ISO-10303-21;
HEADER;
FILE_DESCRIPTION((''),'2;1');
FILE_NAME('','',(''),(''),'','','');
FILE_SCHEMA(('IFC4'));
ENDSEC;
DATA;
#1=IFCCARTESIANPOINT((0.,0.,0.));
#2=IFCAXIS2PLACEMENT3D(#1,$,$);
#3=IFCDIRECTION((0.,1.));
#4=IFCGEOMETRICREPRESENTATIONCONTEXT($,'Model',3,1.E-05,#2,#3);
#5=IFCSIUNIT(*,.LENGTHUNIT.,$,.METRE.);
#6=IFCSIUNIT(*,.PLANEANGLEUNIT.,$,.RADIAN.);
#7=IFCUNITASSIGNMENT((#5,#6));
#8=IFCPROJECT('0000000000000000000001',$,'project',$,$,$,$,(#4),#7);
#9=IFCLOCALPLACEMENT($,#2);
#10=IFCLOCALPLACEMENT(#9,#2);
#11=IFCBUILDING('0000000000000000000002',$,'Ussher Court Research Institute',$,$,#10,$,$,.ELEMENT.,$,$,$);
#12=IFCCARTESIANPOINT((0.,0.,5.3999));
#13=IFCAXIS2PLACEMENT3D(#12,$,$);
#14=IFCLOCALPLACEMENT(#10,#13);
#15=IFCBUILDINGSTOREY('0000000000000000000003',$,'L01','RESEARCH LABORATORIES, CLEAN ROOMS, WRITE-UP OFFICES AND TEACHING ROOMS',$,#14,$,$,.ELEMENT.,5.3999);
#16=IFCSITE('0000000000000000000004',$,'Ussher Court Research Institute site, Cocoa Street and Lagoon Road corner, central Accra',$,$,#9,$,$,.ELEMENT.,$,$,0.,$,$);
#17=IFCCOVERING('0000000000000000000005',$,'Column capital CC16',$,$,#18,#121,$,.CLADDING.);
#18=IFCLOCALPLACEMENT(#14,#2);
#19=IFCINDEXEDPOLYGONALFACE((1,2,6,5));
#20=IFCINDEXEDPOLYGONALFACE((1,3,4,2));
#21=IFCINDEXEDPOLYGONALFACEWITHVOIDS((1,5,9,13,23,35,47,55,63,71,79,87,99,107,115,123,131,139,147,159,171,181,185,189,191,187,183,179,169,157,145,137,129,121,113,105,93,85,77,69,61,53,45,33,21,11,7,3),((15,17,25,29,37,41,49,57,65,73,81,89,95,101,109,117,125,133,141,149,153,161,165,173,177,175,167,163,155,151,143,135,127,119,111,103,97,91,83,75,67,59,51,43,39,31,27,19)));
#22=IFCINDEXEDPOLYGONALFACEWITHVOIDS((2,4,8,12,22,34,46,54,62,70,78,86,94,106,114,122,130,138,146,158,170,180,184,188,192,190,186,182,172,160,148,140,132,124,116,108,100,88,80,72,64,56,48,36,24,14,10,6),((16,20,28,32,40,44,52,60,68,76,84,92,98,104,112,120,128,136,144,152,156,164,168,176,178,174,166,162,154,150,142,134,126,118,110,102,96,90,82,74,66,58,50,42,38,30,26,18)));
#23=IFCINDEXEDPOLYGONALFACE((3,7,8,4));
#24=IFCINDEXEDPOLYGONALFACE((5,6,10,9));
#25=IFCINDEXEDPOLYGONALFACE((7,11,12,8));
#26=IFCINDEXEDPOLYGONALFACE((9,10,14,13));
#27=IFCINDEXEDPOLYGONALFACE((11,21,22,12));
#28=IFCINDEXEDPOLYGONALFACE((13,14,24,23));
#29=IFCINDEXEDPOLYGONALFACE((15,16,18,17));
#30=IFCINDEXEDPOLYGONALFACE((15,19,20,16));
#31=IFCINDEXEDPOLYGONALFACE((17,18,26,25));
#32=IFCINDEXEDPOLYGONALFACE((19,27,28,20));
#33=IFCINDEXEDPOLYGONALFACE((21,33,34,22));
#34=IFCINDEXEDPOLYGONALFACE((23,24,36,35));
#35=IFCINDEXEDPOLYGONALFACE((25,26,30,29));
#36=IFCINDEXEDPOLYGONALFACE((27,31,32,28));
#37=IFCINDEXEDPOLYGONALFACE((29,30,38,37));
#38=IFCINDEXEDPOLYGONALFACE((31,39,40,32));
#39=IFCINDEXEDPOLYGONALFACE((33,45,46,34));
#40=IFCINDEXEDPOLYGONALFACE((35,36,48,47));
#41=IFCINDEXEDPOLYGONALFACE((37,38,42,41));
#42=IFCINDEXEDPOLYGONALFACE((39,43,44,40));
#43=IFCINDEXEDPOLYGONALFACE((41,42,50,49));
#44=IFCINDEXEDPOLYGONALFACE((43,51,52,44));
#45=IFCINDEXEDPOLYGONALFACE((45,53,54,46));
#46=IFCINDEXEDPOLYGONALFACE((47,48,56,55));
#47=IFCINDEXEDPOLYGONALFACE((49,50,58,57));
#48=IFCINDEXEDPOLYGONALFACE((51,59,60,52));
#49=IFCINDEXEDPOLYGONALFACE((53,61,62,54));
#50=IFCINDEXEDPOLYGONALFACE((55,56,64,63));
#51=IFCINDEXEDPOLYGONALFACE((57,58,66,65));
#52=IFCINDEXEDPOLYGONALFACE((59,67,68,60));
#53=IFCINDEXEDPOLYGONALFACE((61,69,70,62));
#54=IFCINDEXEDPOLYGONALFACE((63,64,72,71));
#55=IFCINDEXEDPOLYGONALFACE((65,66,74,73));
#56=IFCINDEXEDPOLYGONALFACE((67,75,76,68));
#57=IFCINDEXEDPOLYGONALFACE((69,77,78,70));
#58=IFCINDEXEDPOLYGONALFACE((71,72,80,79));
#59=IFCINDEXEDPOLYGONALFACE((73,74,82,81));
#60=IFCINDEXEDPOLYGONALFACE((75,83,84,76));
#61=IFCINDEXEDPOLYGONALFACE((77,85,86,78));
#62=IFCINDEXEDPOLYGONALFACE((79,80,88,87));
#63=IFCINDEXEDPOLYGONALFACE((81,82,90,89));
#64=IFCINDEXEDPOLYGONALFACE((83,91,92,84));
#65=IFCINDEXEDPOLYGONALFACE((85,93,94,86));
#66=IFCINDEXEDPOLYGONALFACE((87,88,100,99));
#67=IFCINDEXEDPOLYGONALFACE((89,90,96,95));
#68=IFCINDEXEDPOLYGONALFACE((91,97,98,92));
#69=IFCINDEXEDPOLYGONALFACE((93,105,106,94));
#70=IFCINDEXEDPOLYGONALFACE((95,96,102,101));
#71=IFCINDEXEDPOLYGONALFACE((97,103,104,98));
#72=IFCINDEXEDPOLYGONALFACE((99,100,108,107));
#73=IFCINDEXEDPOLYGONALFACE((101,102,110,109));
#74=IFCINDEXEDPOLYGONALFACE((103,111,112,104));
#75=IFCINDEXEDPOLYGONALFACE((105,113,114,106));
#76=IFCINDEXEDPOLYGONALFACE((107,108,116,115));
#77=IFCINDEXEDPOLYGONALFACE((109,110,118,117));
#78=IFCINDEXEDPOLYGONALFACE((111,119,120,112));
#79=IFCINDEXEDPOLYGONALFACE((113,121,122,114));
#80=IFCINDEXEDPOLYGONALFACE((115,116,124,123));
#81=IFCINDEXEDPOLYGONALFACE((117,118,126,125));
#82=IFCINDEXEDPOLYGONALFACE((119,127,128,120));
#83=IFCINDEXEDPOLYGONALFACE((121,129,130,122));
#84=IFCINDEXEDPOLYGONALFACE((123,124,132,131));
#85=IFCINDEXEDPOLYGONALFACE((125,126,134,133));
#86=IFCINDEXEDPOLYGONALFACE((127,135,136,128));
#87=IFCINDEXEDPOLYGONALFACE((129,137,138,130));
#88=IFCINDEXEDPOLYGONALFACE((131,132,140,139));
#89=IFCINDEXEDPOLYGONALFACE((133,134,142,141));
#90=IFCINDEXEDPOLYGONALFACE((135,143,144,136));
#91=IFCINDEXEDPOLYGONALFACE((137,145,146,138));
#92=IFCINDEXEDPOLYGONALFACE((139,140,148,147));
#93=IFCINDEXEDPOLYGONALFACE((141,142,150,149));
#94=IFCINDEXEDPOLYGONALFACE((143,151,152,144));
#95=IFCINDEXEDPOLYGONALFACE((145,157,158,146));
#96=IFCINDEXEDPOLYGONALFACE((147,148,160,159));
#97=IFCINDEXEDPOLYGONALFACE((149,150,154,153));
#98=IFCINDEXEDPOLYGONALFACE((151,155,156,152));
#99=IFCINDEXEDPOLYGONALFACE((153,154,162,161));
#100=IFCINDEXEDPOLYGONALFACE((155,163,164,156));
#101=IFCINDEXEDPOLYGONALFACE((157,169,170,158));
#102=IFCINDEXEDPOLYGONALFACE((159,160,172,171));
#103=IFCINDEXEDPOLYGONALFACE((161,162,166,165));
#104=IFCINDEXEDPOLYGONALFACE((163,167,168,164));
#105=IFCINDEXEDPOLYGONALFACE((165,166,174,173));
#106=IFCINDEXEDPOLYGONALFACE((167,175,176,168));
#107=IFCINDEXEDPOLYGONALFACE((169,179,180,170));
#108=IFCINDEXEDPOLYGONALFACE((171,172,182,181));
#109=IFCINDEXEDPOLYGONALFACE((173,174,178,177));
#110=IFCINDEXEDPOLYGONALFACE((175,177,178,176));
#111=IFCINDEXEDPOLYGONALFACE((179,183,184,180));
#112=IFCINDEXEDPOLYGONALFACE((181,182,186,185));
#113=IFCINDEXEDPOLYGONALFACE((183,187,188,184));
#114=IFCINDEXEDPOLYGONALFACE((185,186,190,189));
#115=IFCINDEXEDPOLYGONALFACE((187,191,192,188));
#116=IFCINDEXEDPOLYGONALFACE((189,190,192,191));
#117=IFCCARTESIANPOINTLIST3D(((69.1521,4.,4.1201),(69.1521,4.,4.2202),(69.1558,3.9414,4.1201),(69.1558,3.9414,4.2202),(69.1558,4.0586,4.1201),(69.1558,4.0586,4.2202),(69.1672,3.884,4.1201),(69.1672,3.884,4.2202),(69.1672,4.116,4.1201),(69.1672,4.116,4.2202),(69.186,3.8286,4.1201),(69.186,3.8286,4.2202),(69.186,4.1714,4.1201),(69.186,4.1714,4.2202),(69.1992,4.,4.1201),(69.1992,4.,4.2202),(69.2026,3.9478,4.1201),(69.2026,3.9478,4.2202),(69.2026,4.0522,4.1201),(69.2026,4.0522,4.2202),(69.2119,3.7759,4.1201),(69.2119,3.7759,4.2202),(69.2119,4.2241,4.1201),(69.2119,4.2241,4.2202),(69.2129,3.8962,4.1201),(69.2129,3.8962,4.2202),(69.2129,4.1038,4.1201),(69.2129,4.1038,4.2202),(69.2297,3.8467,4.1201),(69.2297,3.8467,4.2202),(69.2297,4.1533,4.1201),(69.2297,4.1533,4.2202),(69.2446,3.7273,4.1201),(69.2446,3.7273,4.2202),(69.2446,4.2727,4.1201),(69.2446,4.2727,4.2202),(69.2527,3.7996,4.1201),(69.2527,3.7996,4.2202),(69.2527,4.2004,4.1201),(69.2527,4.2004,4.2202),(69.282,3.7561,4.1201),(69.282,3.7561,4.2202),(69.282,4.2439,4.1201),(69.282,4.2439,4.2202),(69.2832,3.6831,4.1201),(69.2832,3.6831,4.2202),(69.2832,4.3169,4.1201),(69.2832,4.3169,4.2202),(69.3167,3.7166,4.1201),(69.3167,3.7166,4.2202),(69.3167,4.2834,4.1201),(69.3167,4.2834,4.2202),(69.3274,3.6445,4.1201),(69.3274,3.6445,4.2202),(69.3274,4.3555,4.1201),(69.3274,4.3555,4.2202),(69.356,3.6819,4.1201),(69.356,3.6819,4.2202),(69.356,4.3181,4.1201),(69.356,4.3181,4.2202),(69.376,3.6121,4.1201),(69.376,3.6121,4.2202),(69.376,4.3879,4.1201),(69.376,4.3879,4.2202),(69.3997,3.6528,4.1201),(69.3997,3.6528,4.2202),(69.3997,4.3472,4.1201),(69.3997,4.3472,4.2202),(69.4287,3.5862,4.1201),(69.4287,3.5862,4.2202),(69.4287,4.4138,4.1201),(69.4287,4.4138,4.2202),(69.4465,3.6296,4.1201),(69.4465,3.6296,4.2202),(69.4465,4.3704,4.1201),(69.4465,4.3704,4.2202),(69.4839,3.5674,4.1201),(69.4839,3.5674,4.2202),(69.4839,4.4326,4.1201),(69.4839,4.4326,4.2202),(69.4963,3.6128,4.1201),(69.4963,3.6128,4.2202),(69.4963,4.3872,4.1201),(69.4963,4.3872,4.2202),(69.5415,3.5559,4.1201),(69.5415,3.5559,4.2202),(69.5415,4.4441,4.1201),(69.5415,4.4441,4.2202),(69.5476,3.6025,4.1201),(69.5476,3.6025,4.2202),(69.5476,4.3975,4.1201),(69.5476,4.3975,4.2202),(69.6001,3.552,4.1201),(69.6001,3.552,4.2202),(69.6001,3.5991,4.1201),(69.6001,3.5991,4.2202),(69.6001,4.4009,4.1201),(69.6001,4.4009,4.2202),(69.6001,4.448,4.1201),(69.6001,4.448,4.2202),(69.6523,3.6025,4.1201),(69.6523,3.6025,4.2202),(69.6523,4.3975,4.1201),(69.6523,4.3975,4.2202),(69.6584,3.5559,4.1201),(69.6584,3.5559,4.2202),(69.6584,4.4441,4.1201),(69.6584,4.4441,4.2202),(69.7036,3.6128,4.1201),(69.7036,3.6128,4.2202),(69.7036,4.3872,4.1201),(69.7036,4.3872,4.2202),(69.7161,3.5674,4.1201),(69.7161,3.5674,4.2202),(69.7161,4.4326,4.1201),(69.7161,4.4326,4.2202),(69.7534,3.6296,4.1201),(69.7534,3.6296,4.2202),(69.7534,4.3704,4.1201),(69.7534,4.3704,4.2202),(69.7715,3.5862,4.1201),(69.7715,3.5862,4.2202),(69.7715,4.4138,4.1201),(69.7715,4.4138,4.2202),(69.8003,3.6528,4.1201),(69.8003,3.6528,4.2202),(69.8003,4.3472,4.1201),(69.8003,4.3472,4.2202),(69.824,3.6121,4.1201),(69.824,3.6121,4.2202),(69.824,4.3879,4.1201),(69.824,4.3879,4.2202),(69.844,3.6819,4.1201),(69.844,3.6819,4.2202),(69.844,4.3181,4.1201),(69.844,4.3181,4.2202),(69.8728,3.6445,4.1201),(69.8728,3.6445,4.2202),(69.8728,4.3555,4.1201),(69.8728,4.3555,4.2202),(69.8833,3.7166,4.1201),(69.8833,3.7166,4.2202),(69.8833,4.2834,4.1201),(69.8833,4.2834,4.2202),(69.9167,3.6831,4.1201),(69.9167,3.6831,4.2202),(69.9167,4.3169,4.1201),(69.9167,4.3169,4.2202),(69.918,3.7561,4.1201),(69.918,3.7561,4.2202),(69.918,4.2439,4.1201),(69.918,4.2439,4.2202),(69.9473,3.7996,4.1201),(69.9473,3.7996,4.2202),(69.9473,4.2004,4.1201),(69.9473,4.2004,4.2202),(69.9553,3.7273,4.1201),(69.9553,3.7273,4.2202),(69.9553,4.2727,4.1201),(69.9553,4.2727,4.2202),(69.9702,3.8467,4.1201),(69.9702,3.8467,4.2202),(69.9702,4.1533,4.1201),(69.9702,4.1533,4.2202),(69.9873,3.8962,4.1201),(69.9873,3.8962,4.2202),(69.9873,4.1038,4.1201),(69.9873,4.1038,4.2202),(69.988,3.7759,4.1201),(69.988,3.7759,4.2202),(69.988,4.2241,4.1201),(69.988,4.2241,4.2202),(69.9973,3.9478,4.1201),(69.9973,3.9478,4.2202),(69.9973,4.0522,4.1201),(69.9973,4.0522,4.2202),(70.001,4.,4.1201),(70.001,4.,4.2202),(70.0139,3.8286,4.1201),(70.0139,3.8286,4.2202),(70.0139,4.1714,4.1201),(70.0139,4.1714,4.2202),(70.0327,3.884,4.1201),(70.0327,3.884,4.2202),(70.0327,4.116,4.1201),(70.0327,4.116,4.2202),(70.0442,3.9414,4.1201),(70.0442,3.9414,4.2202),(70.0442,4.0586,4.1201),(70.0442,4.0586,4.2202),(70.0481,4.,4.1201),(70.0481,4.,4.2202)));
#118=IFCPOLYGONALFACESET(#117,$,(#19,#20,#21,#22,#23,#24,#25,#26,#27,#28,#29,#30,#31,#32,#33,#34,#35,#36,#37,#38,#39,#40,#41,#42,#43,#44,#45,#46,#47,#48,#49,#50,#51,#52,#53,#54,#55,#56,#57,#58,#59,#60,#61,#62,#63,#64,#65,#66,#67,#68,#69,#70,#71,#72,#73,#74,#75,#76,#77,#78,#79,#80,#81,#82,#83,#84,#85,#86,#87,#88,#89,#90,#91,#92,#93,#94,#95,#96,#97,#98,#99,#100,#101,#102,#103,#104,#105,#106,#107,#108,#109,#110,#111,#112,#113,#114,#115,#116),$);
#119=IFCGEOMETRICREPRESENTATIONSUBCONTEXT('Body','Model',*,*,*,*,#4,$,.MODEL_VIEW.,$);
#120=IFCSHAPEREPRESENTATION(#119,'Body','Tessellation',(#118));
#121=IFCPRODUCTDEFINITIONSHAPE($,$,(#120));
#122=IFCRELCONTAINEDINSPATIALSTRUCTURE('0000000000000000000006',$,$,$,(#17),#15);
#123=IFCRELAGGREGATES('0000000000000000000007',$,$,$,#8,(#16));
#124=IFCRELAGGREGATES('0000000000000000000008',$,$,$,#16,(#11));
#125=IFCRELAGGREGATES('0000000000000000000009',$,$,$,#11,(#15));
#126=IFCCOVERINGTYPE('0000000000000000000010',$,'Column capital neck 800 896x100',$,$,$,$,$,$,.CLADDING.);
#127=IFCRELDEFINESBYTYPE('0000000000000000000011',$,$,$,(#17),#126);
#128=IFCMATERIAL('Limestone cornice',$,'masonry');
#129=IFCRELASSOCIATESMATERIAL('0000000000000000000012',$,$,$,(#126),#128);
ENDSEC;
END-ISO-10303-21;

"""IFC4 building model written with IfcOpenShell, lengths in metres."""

from ifc_helpers import new_model, si_unit, direction, frame, origin, place, context, subcontext, project, spatial, polyline, outline, extrude, material, type_object, element, save


model = new_model("IFC4")

# Units and contexts
model_context = context("Model", 3, precision=1e-05, world=origin(), true_north=direction((0.0, 1.0)))
body_context = subcontext(model_context, "Body", "Model", "MODEL_VIEW")
ifc_project = project(units=[si_unit("LENGTHUNIT", "METRE"), si_unit("PLANEANGLEUNIT", "RADIAN")], contexts=[model_context])

# Site, building, storey
site_placement = place(None, origin())
site = spatial("IfcSite", under=ifc_project, at=site_placement, Name="Ussher Court Research Institute site, Cocoa Street and Lagoon Road corner, central Accra", CompositionType="ELEMENT", RefElevation=0.0)
building_placement = place(site_placement, origin())
building = spatial("IfcBuilding", under=site, at=building_placement, Name="Ussher Court Research Institute", CompositionType="ELEMENT")
storey_placement = place(building_placement, frame((0.0, 0.0, 5.3999)))
storey = spatial("IfcBuildingStorey", under=building, at=storey_placement, Name="L01", Description="RESEARCH LABORATORIES, CLEAN ROOMS, WRITE-UP OFFICES AND TEACHING ROOMS", CompositionType="ELEMENT", Elevation=5.3999)

# Covering
ifc_material_1 = material(Name="Limestone cornice", Category="masonry")
covering_type_1 = type_object("IfcCoveringType", Name="Column capital neck 800 896x100", PredefinedType="CLADDING", material=ifc_material_1)
covering_1_placement = place(storey_placement, frame((0.0, 0.0, 4.1201)))
element("IfcCovering", 1, at=covering_1_placement, inside=storey, type_object=covering_type_1, Name="Column capital CC16", PredefinedType="CLADDING", context=body_context, shape_type="SweptSolid", body=[
    extrude(outline(polyline([(70.0481, 4.0), (70.0442, 4.0586), (70.0327, 4.116), (70.0139, 4.1714), (69.988, 4.2241), (69.9553, 4.2727), (69.9167, 4.3169), (69.8728, 4.3555), (69.824, 4.3879), (69.7715, 4.4138), (69.7161, 4.4326), (69.6584, 4.4441), (69.6001, 4.448), (69.5415, 4.4441), (69.4839, 4.4326), (69.4287, 4.4138), (69.376, 4.3879), (69.3274, 4.3555), (69.2832, 4.3169), (69.2446, 4.2727), (69.2119, 4.2241), (69.186, 4.1714), (69.1672, 4.116), (69.1558, 4.0586), (69.1521, 4.0), (69.1558, 3.9414), (69.1672, 3.884), (69.186, 3.8286), (69.2119, 3.7759), (69.2446, 3.7273), (69.2832, 3.6831), (69.3274, 3.6445), (69.376, 3.6121), (69.4287, 3.5862), (69.4839, 3.5674), (69.5415, 3.5559), (69.6001, 3.552), (69.6584, 3.5559), (69.7161, 3.5674), (69.7715, 3.5862), (69.824, 3.6121), (69.8728, 3.6445), (69.9167, 3.6831), (69.9553, 3.7273), (69.988, 3.7759), (70.0139, 3.8286), (70.0327, 3.884), (70.0442, 3.9414), (70.0481, 4.0)]), holes=[polyline([(70.001, 4.0), (69.9973, 4.0522), (69.9873, 4.1038), (69.9702, 4.1533), (69.9473, 4.2004), (69.918, 4.2439), (69.8833, 4.2834), (69.844, 4.3181), (69.8003, 4.3472), (69.7534, 4.3704), (69.7036, 4.3872), (69.6523, 4.3975), (69.6001, 4.4009), (69.5476, 4.3975), (69.4963, 4.3872), (69.4465, 4.3704), (69.3997, 4.3472), (69.356, 4.3181), (69.3167, 4.2834), (69.282, 4.2439), (69.2527, 4.2004), (69.2297, 4.1533), (69.2129, 4.1038), (69.2026, 4.0522), (69.1992, 4.0), (69.2026, 3.9478), (69.2129, 3.8962), (69.2297, 3.8467), (69.2527, 3.7996), (69.282, 3.7561), (69.3167, 3.7166), (69.356, 3.6819), (69.3997, 3.6528), (69.4465, 3.6296), (69.4963, 3.6128), (69.5476, 3.6025), (69.6001, 3.5991), (69.6523, 3.6025), (69.7036, 3.6128), (69.7534, 3.6296), (69.8003, 3.6528), (69.844, 3.6819), (69.8833, 3.7166), (69.918, 3.7561), (69.9473, 3.7996), (69.9702, 3.8467), (69.9873, 3.8962), (69.9973, 3.9478), (70.001, 4.0)])]), origin(), (0.0, 0.0, 1.0), 0.1001),
])

save(model, "model.ifc")
